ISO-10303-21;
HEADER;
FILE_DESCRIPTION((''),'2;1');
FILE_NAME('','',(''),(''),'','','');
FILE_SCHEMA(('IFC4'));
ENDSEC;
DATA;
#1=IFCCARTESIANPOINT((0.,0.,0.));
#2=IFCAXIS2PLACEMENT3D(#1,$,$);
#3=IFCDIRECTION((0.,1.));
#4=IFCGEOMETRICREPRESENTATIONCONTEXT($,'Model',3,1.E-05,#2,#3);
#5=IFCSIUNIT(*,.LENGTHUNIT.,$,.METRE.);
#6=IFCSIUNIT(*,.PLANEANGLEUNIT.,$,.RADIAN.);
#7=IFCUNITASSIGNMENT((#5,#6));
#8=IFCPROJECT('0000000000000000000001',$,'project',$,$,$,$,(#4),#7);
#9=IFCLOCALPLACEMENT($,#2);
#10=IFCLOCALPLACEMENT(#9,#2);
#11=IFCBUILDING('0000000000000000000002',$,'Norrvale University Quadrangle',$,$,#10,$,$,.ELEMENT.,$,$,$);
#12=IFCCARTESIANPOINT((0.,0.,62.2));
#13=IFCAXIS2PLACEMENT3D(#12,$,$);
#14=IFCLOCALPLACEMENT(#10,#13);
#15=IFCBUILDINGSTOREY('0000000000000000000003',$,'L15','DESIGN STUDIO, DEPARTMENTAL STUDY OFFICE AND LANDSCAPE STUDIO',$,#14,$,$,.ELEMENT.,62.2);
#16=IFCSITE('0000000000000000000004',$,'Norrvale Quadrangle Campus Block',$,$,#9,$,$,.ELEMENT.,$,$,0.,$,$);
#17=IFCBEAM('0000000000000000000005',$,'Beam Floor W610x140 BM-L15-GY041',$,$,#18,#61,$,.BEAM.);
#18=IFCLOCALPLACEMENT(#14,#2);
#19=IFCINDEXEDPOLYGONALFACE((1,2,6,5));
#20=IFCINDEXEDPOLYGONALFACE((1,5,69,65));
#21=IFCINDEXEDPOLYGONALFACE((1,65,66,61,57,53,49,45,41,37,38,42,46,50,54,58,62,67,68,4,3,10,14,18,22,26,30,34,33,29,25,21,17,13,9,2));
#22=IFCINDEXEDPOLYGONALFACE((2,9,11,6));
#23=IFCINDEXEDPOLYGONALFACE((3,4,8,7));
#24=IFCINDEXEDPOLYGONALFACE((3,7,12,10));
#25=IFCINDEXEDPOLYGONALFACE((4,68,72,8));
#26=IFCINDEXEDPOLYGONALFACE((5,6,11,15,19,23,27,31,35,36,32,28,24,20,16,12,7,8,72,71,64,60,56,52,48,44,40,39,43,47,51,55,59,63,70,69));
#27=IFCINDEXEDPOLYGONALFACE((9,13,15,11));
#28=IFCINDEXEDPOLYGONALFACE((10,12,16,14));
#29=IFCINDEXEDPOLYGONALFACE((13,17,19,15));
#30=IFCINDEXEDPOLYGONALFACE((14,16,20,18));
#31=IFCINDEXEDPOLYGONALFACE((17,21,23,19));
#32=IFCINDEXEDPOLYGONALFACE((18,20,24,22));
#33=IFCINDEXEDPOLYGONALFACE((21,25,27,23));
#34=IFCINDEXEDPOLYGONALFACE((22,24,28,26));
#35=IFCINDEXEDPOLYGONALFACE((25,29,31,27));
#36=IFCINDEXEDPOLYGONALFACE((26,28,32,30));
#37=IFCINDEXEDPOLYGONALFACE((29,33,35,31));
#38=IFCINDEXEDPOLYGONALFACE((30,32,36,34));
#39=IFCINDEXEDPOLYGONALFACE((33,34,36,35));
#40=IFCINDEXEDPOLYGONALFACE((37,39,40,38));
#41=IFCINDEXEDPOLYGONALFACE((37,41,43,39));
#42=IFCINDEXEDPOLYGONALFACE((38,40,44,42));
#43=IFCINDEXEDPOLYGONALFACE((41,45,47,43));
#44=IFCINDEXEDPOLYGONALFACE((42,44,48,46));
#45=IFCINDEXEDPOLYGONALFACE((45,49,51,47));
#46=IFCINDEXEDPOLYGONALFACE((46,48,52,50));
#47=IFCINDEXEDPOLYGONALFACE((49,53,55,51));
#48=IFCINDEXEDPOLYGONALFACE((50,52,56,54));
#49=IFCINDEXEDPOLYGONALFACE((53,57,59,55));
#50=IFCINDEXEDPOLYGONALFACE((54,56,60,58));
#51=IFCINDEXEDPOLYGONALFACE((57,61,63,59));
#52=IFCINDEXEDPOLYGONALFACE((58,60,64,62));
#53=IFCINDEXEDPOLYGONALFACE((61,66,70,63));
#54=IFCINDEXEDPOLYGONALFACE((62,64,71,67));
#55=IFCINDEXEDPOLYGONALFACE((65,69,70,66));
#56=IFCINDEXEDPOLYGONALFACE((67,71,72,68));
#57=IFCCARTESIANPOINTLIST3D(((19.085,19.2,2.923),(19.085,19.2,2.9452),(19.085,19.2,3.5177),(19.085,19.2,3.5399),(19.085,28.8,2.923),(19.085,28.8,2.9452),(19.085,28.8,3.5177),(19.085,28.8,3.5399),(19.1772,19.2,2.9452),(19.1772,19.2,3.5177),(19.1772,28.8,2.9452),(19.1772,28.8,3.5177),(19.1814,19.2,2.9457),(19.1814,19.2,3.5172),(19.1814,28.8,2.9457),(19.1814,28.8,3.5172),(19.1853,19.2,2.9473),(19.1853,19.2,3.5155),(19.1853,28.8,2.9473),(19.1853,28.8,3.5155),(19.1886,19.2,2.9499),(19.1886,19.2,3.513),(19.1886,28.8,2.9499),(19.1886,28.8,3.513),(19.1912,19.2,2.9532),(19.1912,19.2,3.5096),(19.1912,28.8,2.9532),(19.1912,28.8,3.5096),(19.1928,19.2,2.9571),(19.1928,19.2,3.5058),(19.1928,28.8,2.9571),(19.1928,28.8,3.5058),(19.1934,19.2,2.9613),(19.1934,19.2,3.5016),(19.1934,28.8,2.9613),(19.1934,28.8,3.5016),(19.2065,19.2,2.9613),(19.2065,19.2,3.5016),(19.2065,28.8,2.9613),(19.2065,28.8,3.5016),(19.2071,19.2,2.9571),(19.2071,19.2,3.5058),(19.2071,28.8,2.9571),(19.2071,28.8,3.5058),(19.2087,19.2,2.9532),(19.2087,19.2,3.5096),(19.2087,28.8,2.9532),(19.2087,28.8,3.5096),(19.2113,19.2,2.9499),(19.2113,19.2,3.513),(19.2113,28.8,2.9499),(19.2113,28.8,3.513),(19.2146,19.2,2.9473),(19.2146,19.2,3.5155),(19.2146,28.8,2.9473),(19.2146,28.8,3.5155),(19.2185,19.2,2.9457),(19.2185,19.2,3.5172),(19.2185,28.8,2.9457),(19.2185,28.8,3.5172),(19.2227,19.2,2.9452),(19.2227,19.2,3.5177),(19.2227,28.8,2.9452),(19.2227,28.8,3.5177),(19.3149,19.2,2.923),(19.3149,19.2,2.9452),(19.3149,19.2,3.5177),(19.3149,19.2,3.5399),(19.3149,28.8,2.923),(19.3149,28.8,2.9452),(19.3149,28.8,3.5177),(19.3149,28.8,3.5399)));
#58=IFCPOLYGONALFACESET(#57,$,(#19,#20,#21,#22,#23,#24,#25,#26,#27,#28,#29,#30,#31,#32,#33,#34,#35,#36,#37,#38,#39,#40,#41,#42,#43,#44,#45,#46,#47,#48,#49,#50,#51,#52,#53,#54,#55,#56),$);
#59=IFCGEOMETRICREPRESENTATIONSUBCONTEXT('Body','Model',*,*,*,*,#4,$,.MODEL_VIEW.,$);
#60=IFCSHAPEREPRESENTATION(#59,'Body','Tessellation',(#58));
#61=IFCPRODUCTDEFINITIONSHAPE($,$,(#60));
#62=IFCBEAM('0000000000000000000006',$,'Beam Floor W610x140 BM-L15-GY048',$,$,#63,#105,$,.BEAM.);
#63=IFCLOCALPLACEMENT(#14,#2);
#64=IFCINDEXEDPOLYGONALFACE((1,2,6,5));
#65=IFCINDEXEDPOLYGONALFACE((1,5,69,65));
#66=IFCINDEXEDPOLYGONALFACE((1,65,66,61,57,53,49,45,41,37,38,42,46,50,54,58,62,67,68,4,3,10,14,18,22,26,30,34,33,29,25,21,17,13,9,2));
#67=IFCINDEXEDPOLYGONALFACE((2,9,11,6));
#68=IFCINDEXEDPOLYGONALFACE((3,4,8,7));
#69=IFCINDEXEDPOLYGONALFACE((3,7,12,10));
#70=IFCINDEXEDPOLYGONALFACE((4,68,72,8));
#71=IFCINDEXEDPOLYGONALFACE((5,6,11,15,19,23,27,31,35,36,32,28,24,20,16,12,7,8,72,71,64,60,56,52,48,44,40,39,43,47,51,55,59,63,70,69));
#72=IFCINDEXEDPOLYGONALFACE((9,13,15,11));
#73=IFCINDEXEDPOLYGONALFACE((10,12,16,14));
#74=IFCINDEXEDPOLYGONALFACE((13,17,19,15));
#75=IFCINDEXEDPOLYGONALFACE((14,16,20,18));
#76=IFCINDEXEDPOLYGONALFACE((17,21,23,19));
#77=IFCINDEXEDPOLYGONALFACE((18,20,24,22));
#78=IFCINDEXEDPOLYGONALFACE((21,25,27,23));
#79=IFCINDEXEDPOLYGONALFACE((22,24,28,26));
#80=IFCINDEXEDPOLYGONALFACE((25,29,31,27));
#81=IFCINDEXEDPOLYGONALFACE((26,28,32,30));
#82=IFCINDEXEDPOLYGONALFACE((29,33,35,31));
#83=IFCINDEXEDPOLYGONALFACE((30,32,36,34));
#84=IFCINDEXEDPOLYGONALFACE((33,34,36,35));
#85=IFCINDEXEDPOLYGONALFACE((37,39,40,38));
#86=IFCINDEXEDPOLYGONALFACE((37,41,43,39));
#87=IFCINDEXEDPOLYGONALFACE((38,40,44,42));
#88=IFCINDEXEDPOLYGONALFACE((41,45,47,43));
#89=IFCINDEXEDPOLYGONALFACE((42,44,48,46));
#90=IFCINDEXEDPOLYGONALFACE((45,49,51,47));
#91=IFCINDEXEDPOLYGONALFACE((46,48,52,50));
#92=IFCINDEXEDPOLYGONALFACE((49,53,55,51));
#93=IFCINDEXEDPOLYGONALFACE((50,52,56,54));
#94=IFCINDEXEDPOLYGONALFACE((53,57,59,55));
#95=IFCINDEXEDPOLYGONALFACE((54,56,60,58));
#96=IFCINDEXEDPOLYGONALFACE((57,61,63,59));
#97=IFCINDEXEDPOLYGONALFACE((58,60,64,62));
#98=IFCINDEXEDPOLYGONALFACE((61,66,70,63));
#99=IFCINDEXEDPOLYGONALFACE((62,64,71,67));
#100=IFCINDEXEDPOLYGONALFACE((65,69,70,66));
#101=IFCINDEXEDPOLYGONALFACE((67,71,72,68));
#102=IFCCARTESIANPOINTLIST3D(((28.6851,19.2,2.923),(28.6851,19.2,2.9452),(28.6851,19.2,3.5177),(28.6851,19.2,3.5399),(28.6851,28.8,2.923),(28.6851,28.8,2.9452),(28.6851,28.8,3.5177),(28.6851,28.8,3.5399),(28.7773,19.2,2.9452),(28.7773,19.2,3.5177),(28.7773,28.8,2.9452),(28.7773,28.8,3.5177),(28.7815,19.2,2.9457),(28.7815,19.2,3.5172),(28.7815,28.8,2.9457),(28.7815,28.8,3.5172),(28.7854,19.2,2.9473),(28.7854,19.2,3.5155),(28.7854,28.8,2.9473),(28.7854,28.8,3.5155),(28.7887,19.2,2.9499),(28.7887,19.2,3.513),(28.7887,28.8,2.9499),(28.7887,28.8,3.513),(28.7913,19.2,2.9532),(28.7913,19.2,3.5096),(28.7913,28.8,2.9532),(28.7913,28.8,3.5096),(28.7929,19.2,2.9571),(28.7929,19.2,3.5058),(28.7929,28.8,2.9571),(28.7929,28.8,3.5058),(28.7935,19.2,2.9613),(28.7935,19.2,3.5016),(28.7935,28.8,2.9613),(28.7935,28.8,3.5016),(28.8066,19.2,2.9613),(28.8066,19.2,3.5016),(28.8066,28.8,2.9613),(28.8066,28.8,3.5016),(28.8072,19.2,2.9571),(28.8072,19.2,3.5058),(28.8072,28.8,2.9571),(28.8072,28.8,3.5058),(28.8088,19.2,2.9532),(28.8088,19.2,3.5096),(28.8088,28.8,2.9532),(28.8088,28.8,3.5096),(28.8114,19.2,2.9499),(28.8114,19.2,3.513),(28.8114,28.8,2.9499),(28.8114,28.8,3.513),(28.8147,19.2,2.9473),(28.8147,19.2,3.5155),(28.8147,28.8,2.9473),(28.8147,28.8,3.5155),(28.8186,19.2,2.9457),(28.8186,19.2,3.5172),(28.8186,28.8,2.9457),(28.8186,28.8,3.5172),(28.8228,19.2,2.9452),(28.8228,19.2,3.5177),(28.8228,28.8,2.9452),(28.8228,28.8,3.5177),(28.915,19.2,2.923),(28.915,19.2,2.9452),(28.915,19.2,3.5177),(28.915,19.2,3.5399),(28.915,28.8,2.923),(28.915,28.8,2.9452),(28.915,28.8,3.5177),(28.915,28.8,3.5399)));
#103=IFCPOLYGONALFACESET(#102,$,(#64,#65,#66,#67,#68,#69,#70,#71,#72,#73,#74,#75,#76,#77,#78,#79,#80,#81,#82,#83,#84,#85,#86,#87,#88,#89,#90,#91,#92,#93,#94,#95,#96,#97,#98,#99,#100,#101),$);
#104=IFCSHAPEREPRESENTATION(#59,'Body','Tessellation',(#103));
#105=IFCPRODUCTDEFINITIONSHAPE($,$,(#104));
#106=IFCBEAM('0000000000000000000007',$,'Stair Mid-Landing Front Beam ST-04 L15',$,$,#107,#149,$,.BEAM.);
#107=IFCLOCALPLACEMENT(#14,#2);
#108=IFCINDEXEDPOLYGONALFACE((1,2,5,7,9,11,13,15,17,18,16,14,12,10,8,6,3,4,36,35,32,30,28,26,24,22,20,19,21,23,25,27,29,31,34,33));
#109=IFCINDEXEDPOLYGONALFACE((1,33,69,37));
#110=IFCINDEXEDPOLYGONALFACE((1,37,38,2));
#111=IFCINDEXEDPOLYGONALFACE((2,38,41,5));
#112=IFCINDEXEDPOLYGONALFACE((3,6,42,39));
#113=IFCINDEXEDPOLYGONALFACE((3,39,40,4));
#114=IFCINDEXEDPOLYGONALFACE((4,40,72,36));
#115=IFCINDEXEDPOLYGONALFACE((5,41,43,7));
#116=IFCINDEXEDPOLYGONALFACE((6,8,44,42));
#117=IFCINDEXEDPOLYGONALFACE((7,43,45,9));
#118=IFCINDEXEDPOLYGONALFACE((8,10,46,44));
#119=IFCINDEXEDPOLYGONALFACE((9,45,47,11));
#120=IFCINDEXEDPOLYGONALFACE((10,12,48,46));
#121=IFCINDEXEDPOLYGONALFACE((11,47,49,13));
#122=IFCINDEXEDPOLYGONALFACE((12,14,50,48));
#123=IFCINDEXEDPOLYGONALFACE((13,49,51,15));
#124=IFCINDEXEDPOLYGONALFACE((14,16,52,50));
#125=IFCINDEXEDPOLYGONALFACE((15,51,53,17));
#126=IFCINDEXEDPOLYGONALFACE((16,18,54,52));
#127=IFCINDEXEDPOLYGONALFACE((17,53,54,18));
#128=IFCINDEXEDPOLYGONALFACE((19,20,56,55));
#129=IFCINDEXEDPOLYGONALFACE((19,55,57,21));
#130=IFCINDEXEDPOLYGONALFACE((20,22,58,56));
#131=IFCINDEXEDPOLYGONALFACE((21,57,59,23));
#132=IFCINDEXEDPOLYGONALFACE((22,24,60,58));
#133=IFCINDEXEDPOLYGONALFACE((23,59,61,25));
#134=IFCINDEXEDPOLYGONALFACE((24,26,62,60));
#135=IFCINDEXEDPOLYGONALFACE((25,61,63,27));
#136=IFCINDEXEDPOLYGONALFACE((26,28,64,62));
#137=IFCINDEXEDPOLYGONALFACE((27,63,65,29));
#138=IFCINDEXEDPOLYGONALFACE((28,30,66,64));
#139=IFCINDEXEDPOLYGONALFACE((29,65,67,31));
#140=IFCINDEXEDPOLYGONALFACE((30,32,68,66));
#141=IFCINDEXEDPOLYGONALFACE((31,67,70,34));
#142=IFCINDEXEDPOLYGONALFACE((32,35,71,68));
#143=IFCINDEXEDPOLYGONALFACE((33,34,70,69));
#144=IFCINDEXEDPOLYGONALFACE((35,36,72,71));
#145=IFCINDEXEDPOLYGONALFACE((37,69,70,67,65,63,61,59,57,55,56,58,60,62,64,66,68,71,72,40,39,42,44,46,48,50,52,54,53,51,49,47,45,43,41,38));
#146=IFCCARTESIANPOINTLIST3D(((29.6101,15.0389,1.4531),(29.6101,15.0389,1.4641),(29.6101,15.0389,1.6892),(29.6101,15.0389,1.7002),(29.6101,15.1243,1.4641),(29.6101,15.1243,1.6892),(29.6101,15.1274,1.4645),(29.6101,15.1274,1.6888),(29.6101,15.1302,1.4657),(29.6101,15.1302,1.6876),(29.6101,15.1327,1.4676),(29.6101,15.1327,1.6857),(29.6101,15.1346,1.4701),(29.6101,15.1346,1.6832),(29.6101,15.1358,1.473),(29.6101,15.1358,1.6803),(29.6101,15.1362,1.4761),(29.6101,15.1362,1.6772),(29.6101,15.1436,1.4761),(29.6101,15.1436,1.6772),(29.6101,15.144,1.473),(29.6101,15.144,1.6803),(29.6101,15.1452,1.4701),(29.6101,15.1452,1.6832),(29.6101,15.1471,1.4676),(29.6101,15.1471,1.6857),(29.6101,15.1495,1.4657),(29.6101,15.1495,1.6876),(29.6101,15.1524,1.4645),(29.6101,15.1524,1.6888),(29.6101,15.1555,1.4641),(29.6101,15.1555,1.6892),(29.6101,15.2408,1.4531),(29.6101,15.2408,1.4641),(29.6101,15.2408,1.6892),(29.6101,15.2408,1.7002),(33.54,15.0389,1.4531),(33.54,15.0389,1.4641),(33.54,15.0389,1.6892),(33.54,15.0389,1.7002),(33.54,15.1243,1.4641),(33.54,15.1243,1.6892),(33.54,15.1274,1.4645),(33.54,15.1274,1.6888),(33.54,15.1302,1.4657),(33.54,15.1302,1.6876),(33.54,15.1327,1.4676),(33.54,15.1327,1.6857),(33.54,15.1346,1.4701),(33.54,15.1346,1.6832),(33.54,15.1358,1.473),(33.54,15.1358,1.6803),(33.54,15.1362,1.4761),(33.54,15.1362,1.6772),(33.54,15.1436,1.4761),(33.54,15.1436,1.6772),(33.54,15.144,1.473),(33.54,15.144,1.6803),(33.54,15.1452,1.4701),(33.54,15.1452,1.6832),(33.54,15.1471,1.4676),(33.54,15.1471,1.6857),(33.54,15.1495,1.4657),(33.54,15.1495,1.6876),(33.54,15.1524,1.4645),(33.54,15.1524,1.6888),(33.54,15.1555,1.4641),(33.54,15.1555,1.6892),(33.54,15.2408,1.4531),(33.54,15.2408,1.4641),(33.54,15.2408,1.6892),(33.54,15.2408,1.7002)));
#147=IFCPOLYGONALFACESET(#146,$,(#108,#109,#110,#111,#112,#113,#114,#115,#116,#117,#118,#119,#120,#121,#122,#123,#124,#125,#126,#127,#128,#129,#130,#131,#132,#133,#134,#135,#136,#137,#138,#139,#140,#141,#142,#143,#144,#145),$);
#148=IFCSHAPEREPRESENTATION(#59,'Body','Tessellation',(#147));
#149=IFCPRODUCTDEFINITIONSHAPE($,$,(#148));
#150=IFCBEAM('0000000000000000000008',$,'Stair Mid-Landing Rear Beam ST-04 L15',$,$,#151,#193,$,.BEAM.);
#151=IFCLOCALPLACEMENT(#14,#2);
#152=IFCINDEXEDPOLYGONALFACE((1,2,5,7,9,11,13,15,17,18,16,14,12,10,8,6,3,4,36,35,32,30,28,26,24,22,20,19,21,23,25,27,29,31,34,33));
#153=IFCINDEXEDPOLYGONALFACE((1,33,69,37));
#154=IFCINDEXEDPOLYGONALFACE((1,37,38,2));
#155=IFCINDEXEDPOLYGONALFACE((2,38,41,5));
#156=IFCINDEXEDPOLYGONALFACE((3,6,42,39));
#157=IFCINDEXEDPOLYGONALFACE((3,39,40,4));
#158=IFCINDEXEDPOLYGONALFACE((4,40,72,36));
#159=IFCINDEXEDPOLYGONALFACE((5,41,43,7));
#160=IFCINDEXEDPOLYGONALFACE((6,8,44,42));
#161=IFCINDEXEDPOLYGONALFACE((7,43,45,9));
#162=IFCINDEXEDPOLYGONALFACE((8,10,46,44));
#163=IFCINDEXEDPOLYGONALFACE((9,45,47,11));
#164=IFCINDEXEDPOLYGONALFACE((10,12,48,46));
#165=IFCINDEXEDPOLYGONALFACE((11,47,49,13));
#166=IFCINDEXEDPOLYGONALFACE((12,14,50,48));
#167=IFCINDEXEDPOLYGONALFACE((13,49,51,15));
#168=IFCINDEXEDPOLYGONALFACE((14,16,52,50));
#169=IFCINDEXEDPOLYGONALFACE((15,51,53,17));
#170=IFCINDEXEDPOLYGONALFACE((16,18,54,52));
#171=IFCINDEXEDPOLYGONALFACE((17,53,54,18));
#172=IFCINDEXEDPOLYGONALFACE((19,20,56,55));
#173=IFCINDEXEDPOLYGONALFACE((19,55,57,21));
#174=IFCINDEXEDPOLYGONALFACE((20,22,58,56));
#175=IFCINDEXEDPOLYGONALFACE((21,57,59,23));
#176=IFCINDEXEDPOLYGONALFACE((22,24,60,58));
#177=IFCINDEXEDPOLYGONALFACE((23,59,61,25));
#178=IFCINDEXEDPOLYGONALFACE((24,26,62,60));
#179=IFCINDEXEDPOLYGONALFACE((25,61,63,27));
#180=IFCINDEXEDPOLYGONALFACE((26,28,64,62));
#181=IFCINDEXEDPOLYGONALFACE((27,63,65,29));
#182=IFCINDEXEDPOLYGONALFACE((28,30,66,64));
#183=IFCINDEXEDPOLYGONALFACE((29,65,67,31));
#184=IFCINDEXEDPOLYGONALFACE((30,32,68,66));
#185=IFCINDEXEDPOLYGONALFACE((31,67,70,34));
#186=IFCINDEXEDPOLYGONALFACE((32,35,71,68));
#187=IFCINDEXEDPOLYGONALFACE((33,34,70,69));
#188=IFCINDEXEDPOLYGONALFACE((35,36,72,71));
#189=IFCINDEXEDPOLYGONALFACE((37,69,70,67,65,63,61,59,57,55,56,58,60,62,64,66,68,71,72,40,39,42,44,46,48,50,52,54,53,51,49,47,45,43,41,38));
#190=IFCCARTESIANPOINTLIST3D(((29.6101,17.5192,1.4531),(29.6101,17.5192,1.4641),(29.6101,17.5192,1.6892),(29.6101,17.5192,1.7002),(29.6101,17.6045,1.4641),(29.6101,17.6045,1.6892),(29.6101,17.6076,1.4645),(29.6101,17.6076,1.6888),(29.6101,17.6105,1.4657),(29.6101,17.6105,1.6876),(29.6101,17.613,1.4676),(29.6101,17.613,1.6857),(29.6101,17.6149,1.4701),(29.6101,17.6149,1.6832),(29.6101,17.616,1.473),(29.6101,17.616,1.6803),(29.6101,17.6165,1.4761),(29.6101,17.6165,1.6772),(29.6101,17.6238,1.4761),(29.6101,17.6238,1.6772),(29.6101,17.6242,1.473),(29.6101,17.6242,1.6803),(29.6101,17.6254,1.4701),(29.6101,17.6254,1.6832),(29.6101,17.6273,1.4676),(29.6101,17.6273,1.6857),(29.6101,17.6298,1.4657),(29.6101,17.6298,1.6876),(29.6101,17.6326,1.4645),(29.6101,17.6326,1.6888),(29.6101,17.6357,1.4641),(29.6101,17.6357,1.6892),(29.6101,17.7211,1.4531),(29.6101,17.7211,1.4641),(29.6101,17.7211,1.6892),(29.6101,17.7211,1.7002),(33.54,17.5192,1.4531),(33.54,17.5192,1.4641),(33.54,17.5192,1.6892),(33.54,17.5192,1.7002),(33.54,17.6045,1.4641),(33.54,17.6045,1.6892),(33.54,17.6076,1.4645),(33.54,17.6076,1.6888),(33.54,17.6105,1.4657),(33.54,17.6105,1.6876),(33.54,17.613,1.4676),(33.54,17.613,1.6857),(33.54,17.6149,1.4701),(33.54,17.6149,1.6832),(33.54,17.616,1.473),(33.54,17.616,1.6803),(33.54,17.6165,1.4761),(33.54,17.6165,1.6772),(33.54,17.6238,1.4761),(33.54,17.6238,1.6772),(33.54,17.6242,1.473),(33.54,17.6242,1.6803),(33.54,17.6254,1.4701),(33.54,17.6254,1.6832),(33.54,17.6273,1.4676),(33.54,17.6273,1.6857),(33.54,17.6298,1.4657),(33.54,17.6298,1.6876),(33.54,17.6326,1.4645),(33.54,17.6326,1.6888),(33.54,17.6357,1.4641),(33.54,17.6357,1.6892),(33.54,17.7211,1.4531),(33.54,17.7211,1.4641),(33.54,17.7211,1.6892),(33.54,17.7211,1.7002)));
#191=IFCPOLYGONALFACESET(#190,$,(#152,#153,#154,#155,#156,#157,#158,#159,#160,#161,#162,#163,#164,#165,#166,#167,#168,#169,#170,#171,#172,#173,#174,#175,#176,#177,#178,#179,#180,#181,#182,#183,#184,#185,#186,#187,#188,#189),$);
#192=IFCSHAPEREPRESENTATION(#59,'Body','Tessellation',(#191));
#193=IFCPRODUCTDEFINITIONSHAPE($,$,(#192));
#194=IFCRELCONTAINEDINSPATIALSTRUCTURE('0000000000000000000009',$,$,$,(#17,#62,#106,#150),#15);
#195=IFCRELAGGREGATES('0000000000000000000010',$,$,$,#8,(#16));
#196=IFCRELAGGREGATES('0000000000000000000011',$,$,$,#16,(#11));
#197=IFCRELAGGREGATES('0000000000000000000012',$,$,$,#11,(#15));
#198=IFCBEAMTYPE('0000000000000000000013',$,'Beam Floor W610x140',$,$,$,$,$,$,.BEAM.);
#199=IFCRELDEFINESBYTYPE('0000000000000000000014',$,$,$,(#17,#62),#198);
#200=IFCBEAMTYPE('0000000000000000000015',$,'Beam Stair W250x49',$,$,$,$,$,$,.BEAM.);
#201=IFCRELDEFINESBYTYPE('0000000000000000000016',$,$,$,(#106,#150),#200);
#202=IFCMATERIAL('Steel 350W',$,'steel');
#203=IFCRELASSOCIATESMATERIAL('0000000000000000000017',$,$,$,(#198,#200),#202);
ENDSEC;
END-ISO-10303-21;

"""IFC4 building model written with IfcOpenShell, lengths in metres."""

from ifc_helpers import new_model, si_unit, direction, frame, origin, origin_2d, place, context, subcontext, project, spatial, i_section, extrude, material, material_profile, profile_set, type_object, element, save


model = new_model("IFC4")

# Units and contexts
model_context = context("Model", 3, precision=1e-05, world=origin(), true_north=direction((0.0, 1.0)))
body_context = subcontext(model_context, "Body", "Model", "MODEL_VIEW")
ifc_project = project(units=[si_unit("LENGTHUNIT", "METRE"), si_unit("PLANEANGLEUNIT", "RADIAN")], contexts=[model_context])

# Site, building, storey
site_placement = place(None, origin())
site = spatial("IfcSite", under=ifc_project, at=site_placement, Name="Norrvale Quadrangle Campus Block", CompositionType="ELEMENT", RefElevation=0.0)
building_placement = place(site_placement, origin())
building = spatial("IfcBuilding", under=site, at=building_placement, Name="Norrvale University Quadrangle", CompositionType="ELEMENT")
storey_placement = place(building_placement, frame((0.0, 0.0, 62.2)))
storey = spatial("IfcBuildingStorey", under=building, at=storey_placement, Name="L15", Description="DESIGN STUDIO, DEPARTMENTAL STUDY OFFICE AND LANDSCAPE STUDIO", CompositionType="ELEMENT", Elevation=62.2)

# Beams
ifc_material_1 = material(Name="Steel 350W", Category="steel")
ifc_material_profile_1 = material_profile(ifc_material_1, i_section(OverallWidth=0.23, OverallDepth=0.6169, WebThickness=0.0132, FlangeThickness=0.0222, FilletRadius=0.0161, at=origin_2d()), Name="Steel 350W")
ifc_profile_set_1 = profile_set([ifc_material_profile_1], Name="Steel 350W")
beam_type_1 = type_object("IfcBeamType", Name="Beam Floor W610x140", PredefinedType="BEAM", material=ifc_profile_set_1)
for number, where, z_axis, x_axis, name in (
    (1, (19.2, 19.2, 3.2314), (0.0, 1.0, 0.0), (-1.0, 0.0, 0.0), "Beam Floor W610x140 BM-L15-GY041"),
    (2, (28.8, 19.2, 3.2314), (0.0, 1.0, 0.0), (-1.0, 0.0, 0.0), "Beam Floor W610x140 BM-L15-GY048"),
):
    element("IfcBeam", number, at=place(storey_placement, frame(where, z_axis=z_axis, x_axis=x_axis)), inside=storey, type_object=beam_type_1, Name=name, PredefinedType="BEAM", context=body_context, shape_type="SweptSolid", body=[
        extrude(i_section(OverallWidth=0.23, OverallDepth=0.6169, WebThickness=0.0132, FlangeThickness=0.0222, FilletRadius=0.0161, at=origin_2d()), origin(), (0.0, 0.0, 1.0), 9.6001),
    ])
ifc_material_profile_2 = material_profile(ifc_material_1, i_section(OverallWidth=0.2019, OverallDepth=0.2471, WebThickness=0.0073, FlangeThickness=0.011, FilletRadius=0.012, at=origin_2d()), Name="Steel 350W")
ifc_profile_set_2 = profile_set([ifc_material_profile_2], Name="Steel 350W")
beam_type_2 = type_object("IfcBeamType", Name="Beam Stair W250x49", PredefinedType="BEAM", material=ifc_profile_set_2)
for number, where, z_axis, x_axis, name in (
    (3, (29.6101, 15.1399, 1.5767), (1.0, 0.0, 0.0), (0.0, 1.0, 0.0), "Stair Mid-Landing Front Beam ST-04 L15"),
    (4, (29.6101, 17.6201, 1.5767), (1.0, 0.0, 0.0), (0.0, 1.0, 0.0), "Stair Mid-Landing Rear Beam ST-04 L15"),
):
    element("IfcBeam", number, at=place(storey_placement, frame(where, z_axis=z_axis, x_axis=x_axis)), inside=storey, type_object=beam_type_2, Name=name, PredefinedType="BEAM", context=body_context, shape_type="SweptSolid", body=[
        extrude(i_section(OverallWidth=0.2019, OverallDepth=0.2471, WebThickness=0.0073, FlangeThickness=0.011, FilletRadius=0.012, at=origin_2d()), origin(), (0.0, 0.0, 1.0), 3.9299),
    ])

save(model, "model.ifc")
